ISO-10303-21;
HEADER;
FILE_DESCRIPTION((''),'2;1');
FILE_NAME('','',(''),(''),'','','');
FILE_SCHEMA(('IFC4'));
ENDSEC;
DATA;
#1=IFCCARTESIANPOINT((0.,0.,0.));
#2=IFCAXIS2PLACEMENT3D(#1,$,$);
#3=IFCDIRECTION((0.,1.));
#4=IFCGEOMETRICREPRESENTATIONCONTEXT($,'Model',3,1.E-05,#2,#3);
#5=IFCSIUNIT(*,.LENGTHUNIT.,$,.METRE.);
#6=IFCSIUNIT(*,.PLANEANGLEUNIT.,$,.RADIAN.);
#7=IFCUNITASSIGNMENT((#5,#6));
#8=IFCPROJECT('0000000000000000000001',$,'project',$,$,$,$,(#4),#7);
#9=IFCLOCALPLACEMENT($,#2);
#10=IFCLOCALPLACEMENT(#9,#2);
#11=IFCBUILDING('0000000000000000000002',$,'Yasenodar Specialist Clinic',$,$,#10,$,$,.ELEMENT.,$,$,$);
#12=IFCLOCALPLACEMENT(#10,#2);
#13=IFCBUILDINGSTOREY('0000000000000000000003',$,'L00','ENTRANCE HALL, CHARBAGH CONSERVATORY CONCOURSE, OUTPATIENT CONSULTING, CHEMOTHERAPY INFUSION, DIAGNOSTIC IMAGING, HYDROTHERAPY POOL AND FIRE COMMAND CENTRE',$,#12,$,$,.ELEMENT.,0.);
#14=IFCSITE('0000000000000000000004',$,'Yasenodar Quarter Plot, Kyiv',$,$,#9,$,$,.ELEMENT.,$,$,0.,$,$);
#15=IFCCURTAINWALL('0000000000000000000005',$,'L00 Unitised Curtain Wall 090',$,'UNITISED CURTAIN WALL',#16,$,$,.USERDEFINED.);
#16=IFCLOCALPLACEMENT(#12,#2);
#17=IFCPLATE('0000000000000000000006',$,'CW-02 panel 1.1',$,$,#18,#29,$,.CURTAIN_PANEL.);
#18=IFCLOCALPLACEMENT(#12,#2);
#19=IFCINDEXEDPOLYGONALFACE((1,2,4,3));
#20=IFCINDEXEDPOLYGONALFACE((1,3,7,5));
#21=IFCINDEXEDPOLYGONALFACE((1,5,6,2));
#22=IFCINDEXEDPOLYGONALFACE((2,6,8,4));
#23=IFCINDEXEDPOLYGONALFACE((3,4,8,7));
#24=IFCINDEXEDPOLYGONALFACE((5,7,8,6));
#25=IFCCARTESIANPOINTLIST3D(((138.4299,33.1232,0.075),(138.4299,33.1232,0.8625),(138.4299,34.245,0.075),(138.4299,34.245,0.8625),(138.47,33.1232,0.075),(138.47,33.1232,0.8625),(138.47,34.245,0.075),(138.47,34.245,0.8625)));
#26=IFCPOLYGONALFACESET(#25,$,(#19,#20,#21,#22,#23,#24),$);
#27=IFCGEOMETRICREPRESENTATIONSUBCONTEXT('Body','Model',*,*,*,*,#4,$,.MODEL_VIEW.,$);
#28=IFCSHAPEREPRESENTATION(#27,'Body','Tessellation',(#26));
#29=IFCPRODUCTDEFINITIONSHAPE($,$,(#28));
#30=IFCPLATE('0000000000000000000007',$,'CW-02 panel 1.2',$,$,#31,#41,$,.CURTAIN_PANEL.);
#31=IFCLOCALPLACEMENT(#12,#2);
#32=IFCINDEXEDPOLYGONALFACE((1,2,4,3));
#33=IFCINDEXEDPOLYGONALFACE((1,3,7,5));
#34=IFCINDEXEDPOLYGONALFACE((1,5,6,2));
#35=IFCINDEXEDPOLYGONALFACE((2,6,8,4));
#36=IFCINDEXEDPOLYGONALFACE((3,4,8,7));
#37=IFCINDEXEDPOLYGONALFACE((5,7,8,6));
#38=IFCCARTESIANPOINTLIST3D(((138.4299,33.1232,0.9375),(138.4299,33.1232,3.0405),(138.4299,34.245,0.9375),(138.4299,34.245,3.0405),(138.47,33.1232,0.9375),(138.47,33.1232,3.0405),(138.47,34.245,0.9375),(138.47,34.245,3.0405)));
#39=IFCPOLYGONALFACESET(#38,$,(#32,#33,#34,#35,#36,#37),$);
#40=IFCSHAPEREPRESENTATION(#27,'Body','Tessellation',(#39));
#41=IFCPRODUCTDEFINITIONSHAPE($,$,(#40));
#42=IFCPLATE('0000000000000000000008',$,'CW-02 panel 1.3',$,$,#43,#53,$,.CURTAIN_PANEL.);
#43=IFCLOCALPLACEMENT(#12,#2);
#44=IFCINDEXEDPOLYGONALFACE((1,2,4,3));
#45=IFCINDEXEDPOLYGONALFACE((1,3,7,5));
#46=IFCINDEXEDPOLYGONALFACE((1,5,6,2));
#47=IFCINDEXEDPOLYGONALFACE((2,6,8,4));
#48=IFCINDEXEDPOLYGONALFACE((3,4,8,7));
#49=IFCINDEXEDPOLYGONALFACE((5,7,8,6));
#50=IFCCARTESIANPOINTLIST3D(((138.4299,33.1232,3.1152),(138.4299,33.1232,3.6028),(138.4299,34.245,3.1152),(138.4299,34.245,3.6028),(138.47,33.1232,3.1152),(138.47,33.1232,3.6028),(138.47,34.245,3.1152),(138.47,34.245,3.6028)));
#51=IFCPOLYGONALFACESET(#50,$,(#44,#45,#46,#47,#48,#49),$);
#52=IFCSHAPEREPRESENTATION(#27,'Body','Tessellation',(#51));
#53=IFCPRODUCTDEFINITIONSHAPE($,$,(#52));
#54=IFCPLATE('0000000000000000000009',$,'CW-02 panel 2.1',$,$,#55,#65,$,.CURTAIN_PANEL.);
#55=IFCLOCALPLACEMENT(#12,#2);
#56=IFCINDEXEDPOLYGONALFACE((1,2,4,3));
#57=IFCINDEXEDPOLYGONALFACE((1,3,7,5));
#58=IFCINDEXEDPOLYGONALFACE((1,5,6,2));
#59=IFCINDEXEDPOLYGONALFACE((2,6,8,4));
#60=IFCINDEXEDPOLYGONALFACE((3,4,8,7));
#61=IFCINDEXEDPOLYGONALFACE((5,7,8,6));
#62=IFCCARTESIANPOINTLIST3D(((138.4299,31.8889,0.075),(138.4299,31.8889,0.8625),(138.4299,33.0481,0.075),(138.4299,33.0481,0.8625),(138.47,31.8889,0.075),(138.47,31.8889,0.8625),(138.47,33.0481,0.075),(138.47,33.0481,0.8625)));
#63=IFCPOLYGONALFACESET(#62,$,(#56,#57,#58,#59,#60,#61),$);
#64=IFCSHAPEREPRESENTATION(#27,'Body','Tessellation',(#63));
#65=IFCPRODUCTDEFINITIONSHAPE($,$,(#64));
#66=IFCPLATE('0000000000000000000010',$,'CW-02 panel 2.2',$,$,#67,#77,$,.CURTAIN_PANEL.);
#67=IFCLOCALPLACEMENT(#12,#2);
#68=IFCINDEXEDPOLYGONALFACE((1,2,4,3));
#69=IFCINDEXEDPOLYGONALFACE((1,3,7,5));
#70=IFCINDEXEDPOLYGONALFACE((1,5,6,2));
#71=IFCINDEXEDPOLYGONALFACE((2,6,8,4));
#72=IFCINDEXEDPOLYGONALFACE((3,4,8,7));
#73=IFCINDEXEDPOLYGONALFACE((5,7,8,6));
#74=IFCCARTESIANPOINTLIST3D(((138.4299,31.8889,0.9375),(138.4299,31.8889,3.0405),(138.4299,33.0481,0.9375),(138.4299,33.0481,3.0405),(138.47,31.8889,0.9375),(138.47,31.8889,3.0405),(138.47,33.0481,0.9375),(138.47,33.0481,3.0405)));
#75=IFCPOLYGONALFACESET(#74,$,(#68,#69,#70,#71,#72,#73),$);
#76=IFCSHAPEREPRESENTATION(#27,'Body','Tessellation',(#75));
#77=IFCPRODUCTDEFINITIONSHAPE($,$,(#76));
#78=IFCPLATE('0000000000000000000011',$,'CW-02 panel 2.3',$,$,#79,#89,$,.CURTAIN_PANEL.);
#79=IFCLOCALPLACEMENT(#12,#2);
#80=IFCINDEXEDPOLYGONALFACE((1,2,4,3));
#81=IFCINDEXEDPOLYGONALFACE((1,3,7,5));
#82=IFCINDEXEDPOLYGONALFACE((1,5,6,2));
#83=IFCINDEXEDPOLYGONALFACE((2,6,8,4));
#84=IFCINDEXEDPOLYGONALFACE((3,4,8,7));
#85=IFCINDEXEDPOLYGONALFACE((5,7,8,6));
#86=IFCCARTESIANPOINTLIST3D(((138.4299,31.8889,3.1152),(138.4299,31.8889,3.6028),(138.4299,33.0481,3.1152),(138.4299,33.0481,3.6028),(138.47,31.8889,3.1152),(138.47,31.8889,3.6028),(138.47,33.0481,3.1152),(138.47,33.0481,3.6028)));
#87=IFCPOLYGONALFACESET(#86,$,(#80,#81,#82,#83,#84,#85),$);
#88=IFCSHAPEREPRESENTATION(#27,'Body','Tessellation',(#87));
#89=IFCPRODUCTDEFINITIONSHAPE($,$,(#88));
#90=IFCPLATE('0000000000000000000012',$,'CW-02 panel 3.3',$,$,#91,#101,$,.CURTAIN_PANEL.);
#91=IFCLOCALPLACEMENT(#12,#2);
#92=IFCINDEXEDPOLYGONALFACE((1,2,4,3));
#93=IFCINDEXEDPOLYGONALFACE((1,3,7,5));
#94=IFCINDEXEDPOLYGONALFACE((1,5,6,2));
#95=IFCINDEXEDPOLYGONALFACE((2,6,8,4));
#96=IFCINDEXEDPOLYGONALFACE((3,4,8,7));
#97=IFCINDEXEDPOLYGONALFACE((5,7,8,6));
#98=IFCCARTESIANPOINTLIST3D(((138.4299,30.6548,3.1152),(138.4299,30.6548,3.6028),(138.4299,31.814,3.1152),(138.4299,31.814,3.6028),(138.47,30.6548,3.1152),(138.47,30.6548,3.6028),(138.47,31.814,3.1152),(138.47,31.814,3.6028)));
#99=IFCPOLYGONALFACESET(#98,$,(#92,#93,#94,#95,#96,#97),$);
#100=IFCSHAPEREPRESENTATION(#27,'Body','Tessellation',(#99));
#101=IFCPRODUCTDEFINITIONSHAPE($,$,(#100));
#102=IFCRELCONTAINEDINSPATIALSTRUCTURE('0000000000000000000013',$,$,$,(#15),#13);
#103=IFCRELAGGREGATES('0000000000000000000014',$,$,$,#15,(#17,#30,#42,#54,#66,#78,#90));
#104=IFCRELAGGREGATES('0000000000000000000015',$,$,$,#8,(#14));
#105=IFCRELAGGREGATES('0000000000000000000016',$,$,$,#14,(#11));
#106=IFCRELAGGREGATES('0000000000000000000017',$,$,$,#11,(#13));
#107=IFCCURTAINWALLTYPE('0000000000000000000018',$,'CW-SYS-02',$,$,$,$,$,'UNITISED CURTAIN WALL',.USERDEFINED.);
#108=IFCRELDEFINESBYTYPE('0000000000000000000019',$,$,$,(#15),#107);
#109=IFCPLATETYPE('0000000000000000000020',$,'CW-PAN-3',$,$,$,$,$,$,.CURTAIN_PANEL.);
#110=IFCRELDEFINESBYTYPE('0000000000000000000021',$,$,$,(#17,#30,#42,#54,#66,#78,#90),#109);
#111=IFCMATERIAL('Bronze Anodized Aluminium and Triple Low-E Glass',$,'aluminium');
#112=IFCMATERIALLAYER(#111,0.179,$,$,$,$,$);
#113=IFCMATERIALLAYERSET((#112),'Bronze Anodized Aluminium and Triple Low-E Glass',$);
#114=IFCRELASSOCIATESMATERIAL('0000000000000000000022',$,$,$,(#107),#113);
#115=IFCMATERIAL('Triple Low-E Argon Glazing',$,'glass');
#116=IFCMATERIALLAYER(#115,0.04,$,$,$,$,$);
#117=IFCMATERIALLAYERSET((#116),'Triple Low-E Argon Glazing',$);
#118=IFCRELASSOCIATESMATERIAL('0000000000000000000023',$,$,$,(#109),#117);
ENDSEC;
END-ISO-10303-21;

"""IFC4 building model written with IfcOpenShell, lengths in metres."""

from ifc_helpers import new_model, si_unit, direction, frame, origin, origin_2d, place, context, subcontext, project, spatial, rectangle, extrude, material, layer, layer_set, type_object, element, aggregate, save


model = new_model("IFC4")

# Units and contexts
model_context = context("Model", 3, precision=1e-05, world=origin(), true_north=direction((0.0, 1.0)))
body_context = subcontext(model_context, "Body", "Model", "MODEL_VIEW")
ifc_project = project(units=[si_unit("LENGTHUNIT", "METRE"), si_unit("PLANEANGLEUNIT", "RADIAN")], contexts=[model_context])

# Site, building, storey
site_placement = place(None, origin())
site = spatial("IfcSite", under=ifc_project, at=site_placement, Name="Yasenodar Quarter Plot, Kyiv", CompositionType="ELEMENT", RefElevation=0.0)
building_placement = place(site_placement, origin())
building = spatial("IfcBuilding", under=site, at=building_placement, Name="Yasenodar Specialist Clinic", CompositionType="ELEMENT")
storey_placement = place(building_placement, origin())
storey = spatial("IfcBuildingStorey", under=building, at=storey_placement, Name="L00", Description="ENTRANCE HALL, CHARBAGH CONSERVATORY CONCOURSE, OUTPATIENT CONSULTING, CHEMOTHERAPY INFUSION, DIAGNOSTIC IMAGING, HYDROTHERAPY POOL AND FIRE COMMAND CENTRE", CompositionType="ELEMENT", Elevation=0.0)

# Curtain wall, plates
ifc_material_1 = material(Name="Bronze Anodized Aluminium and Triple Low-E Glass", Category="aluminium")
ifc_layer_1 = layer(ifc_material_1, 0.179)
ifc_layer_set_1 = layer_set([ifc_layer_1], Name="Bronze Anodized Aluminium and Triple Low-E Glass")
curtain_wall_type = type_object("IfcCurtainWallType", Name="CW-SYS-02", ElementType="UNITISED CURTAIN WALL", PredefinedType="USERDEFINED", material=ifc_layer_set_1)
curtain_wall_placement = place(storey_placement, origin())
curtain_wall = element("IfcCurtainWall", 1, at=curtain_wall_placement, inside=storey, type_object=curtain_wall_type, Name="L00 Unitised Curtain Wall 090", ObjectType="UNITISED CURTAIN WALL", PredefinedType="USERDEFINED")
ifc_material_2 = material(Name="Triple Low-E Argon Glazing", Category="glass")
ifc_layer_2 = layer(ifc_material_2, 0.04)
ifc_layer_set_2 = layer_set([ifc_layer_2], Name="Triple Low-E Argon Glazing")
plate_type = type_object("IfcPlateType", Name="CW-PAN-3", PredefinedType="CURTAIN_PANEL", material=ifc_layer_set_2)
plate_1_placement = place(storey_placement, frame((138.45, 33.6841, 0.075), z_axis=(0.0, 0.0, 1.0), x_axis=(0.0, -1.0, 0.0)))
plate_1 = element("IfcPlate", 2, at=plate_1_placement, type_object=plate_type, Name="CW-02 panel 1.1", PredefinedType="CURTAIN_PANEL", context=body_context, shape_type="SweptSolid", body=[
    extrude(rectangle(XDim=1.1218, YDim=0.04, at=origin_2d()), origin(), (0.0, 0.0, 1.0), 0.7876),
])
plate_2_placement = place(storey_placement, frame((138.45, 33.6841, 0.9375), z_axis=(0.0, 0.0, 1.0), x_axis=(0.0, -1.0, 0.0)))
plate_2 = element("IfcPlate", 3, at=plate_2_placement, type_object=plate_type, Name="CW-02 panel 1.2", PredefinedType="CURTAIN_PANEL", context=body_context, shape_type="SweptSolid", body=[
    extrude(rectangle(XDim=1.1218, YDim=0.04, at=origin_2d()), origin(), (0.0, 0.0, 1.0), 2.103),
])
plate_3_placement = place(storey_placement, frame((138.45, 33.6841, 3.1152), z_axis=(0.0, 0.0, 1.0), x_axis=(0.0, -1.0, 0.0)))
plate_3 = element("IfcPlate", 4, at=plate_3_placement, type_object=plate_type, Name="CW-02 panel 1.3", PredefinedType="CURTAIN_PANEL", context=body_context, shape_type="SweptSolid", body=[
    extrude(rectangle(XDim=1.1218, YDim=0.04, at=origin_2d()), origin(), (0.0, 0.0, 1.0), 0.4875),
])
plate_4_placement = place(storey_placement, frame((138.45, 32.4685, 0.075), z_axis=(0.0, 0.0, 1.0), x_axis=(0.0, -1.0, 0.0)))
plate_4 = element("IfcPlate", 5, at=plate_4_placement, type_object=plate_type, Name="CW-02 panel 2.1", PredefinedType="CURTAIN_PANEL", context=body_context, shape_type="SweptSolid", body=[
    extrude(rectangle(XDim=1.1592, YDim=0.04, at=origin_2d()), origin(), (0.0, 0.0, 1.0), 0.7876),
])
plate_5_placement = place(storey_placement, frame((138.45, 32.4685, 0.9375), z_axis=(0.0, 0.0, 1.0), x_axis=(0.0, -1.0, 0.0)))
plate_5 = element("IfcPlate", 6, at=plate_5_placement, type_object=plate_type, Name="CW-02 panel 2.2", PredefinedType="CURTAIN_PANEL", context=body_context, shape_type="SweptSolid", body=[
    extrude(rectangle(XDim=1.1592, YDim=0.04, at=origin_2d()), origin(), (0.0, 0.0, 1.0), 2.103),
])
plate_6_placement = place(storey_placement, frame((138.45, 32.4685, 3.1152), z_axis=(0.0, 0.0, 1.0), x_axis=(0.0, -1.0, 0.0)))
plate_6 = element("IfcPlate", 7, at=plate_6_placement, type_object=plate_type, Name="CW-02 panel 2.3", PredefinedType="CURTAIN_PANEL", context=body_context, shape_type="SweptSolid", body=[
    extrude(rectangle(XDim=1.1592, YDim=0.04, at=origin_2d()), origin(), (0.0, 0.0, 1.0), 0.4875),
])
plate_7_placement = place(storey_placement, frame((138.45, 31.2344, 3.1152), z_axis=(0.0, 0.0, 1.0), x_axis=(0.0, -1.0, 0.0)))
plate_7 = element("IfcPlate", 8, at=plate_7_placement, type_object=plate_type, Name="CW-02 panel 3.3", PredefinedType="CURTAIN_PANEL", context=body_context, shape_type="SweptSolid", body=[
    extrude(rectangle(XDim=1.1592, YDim=0.04, at=origin_2d()), origin(), (0.0, 0.0, 1.0), 0.4875),
])
aggregate(curtain_wall, [plate_1, plate_2, plate_3, plate_4, plate_5, plate_6, plate_7])

save(model, "model.ifc")
